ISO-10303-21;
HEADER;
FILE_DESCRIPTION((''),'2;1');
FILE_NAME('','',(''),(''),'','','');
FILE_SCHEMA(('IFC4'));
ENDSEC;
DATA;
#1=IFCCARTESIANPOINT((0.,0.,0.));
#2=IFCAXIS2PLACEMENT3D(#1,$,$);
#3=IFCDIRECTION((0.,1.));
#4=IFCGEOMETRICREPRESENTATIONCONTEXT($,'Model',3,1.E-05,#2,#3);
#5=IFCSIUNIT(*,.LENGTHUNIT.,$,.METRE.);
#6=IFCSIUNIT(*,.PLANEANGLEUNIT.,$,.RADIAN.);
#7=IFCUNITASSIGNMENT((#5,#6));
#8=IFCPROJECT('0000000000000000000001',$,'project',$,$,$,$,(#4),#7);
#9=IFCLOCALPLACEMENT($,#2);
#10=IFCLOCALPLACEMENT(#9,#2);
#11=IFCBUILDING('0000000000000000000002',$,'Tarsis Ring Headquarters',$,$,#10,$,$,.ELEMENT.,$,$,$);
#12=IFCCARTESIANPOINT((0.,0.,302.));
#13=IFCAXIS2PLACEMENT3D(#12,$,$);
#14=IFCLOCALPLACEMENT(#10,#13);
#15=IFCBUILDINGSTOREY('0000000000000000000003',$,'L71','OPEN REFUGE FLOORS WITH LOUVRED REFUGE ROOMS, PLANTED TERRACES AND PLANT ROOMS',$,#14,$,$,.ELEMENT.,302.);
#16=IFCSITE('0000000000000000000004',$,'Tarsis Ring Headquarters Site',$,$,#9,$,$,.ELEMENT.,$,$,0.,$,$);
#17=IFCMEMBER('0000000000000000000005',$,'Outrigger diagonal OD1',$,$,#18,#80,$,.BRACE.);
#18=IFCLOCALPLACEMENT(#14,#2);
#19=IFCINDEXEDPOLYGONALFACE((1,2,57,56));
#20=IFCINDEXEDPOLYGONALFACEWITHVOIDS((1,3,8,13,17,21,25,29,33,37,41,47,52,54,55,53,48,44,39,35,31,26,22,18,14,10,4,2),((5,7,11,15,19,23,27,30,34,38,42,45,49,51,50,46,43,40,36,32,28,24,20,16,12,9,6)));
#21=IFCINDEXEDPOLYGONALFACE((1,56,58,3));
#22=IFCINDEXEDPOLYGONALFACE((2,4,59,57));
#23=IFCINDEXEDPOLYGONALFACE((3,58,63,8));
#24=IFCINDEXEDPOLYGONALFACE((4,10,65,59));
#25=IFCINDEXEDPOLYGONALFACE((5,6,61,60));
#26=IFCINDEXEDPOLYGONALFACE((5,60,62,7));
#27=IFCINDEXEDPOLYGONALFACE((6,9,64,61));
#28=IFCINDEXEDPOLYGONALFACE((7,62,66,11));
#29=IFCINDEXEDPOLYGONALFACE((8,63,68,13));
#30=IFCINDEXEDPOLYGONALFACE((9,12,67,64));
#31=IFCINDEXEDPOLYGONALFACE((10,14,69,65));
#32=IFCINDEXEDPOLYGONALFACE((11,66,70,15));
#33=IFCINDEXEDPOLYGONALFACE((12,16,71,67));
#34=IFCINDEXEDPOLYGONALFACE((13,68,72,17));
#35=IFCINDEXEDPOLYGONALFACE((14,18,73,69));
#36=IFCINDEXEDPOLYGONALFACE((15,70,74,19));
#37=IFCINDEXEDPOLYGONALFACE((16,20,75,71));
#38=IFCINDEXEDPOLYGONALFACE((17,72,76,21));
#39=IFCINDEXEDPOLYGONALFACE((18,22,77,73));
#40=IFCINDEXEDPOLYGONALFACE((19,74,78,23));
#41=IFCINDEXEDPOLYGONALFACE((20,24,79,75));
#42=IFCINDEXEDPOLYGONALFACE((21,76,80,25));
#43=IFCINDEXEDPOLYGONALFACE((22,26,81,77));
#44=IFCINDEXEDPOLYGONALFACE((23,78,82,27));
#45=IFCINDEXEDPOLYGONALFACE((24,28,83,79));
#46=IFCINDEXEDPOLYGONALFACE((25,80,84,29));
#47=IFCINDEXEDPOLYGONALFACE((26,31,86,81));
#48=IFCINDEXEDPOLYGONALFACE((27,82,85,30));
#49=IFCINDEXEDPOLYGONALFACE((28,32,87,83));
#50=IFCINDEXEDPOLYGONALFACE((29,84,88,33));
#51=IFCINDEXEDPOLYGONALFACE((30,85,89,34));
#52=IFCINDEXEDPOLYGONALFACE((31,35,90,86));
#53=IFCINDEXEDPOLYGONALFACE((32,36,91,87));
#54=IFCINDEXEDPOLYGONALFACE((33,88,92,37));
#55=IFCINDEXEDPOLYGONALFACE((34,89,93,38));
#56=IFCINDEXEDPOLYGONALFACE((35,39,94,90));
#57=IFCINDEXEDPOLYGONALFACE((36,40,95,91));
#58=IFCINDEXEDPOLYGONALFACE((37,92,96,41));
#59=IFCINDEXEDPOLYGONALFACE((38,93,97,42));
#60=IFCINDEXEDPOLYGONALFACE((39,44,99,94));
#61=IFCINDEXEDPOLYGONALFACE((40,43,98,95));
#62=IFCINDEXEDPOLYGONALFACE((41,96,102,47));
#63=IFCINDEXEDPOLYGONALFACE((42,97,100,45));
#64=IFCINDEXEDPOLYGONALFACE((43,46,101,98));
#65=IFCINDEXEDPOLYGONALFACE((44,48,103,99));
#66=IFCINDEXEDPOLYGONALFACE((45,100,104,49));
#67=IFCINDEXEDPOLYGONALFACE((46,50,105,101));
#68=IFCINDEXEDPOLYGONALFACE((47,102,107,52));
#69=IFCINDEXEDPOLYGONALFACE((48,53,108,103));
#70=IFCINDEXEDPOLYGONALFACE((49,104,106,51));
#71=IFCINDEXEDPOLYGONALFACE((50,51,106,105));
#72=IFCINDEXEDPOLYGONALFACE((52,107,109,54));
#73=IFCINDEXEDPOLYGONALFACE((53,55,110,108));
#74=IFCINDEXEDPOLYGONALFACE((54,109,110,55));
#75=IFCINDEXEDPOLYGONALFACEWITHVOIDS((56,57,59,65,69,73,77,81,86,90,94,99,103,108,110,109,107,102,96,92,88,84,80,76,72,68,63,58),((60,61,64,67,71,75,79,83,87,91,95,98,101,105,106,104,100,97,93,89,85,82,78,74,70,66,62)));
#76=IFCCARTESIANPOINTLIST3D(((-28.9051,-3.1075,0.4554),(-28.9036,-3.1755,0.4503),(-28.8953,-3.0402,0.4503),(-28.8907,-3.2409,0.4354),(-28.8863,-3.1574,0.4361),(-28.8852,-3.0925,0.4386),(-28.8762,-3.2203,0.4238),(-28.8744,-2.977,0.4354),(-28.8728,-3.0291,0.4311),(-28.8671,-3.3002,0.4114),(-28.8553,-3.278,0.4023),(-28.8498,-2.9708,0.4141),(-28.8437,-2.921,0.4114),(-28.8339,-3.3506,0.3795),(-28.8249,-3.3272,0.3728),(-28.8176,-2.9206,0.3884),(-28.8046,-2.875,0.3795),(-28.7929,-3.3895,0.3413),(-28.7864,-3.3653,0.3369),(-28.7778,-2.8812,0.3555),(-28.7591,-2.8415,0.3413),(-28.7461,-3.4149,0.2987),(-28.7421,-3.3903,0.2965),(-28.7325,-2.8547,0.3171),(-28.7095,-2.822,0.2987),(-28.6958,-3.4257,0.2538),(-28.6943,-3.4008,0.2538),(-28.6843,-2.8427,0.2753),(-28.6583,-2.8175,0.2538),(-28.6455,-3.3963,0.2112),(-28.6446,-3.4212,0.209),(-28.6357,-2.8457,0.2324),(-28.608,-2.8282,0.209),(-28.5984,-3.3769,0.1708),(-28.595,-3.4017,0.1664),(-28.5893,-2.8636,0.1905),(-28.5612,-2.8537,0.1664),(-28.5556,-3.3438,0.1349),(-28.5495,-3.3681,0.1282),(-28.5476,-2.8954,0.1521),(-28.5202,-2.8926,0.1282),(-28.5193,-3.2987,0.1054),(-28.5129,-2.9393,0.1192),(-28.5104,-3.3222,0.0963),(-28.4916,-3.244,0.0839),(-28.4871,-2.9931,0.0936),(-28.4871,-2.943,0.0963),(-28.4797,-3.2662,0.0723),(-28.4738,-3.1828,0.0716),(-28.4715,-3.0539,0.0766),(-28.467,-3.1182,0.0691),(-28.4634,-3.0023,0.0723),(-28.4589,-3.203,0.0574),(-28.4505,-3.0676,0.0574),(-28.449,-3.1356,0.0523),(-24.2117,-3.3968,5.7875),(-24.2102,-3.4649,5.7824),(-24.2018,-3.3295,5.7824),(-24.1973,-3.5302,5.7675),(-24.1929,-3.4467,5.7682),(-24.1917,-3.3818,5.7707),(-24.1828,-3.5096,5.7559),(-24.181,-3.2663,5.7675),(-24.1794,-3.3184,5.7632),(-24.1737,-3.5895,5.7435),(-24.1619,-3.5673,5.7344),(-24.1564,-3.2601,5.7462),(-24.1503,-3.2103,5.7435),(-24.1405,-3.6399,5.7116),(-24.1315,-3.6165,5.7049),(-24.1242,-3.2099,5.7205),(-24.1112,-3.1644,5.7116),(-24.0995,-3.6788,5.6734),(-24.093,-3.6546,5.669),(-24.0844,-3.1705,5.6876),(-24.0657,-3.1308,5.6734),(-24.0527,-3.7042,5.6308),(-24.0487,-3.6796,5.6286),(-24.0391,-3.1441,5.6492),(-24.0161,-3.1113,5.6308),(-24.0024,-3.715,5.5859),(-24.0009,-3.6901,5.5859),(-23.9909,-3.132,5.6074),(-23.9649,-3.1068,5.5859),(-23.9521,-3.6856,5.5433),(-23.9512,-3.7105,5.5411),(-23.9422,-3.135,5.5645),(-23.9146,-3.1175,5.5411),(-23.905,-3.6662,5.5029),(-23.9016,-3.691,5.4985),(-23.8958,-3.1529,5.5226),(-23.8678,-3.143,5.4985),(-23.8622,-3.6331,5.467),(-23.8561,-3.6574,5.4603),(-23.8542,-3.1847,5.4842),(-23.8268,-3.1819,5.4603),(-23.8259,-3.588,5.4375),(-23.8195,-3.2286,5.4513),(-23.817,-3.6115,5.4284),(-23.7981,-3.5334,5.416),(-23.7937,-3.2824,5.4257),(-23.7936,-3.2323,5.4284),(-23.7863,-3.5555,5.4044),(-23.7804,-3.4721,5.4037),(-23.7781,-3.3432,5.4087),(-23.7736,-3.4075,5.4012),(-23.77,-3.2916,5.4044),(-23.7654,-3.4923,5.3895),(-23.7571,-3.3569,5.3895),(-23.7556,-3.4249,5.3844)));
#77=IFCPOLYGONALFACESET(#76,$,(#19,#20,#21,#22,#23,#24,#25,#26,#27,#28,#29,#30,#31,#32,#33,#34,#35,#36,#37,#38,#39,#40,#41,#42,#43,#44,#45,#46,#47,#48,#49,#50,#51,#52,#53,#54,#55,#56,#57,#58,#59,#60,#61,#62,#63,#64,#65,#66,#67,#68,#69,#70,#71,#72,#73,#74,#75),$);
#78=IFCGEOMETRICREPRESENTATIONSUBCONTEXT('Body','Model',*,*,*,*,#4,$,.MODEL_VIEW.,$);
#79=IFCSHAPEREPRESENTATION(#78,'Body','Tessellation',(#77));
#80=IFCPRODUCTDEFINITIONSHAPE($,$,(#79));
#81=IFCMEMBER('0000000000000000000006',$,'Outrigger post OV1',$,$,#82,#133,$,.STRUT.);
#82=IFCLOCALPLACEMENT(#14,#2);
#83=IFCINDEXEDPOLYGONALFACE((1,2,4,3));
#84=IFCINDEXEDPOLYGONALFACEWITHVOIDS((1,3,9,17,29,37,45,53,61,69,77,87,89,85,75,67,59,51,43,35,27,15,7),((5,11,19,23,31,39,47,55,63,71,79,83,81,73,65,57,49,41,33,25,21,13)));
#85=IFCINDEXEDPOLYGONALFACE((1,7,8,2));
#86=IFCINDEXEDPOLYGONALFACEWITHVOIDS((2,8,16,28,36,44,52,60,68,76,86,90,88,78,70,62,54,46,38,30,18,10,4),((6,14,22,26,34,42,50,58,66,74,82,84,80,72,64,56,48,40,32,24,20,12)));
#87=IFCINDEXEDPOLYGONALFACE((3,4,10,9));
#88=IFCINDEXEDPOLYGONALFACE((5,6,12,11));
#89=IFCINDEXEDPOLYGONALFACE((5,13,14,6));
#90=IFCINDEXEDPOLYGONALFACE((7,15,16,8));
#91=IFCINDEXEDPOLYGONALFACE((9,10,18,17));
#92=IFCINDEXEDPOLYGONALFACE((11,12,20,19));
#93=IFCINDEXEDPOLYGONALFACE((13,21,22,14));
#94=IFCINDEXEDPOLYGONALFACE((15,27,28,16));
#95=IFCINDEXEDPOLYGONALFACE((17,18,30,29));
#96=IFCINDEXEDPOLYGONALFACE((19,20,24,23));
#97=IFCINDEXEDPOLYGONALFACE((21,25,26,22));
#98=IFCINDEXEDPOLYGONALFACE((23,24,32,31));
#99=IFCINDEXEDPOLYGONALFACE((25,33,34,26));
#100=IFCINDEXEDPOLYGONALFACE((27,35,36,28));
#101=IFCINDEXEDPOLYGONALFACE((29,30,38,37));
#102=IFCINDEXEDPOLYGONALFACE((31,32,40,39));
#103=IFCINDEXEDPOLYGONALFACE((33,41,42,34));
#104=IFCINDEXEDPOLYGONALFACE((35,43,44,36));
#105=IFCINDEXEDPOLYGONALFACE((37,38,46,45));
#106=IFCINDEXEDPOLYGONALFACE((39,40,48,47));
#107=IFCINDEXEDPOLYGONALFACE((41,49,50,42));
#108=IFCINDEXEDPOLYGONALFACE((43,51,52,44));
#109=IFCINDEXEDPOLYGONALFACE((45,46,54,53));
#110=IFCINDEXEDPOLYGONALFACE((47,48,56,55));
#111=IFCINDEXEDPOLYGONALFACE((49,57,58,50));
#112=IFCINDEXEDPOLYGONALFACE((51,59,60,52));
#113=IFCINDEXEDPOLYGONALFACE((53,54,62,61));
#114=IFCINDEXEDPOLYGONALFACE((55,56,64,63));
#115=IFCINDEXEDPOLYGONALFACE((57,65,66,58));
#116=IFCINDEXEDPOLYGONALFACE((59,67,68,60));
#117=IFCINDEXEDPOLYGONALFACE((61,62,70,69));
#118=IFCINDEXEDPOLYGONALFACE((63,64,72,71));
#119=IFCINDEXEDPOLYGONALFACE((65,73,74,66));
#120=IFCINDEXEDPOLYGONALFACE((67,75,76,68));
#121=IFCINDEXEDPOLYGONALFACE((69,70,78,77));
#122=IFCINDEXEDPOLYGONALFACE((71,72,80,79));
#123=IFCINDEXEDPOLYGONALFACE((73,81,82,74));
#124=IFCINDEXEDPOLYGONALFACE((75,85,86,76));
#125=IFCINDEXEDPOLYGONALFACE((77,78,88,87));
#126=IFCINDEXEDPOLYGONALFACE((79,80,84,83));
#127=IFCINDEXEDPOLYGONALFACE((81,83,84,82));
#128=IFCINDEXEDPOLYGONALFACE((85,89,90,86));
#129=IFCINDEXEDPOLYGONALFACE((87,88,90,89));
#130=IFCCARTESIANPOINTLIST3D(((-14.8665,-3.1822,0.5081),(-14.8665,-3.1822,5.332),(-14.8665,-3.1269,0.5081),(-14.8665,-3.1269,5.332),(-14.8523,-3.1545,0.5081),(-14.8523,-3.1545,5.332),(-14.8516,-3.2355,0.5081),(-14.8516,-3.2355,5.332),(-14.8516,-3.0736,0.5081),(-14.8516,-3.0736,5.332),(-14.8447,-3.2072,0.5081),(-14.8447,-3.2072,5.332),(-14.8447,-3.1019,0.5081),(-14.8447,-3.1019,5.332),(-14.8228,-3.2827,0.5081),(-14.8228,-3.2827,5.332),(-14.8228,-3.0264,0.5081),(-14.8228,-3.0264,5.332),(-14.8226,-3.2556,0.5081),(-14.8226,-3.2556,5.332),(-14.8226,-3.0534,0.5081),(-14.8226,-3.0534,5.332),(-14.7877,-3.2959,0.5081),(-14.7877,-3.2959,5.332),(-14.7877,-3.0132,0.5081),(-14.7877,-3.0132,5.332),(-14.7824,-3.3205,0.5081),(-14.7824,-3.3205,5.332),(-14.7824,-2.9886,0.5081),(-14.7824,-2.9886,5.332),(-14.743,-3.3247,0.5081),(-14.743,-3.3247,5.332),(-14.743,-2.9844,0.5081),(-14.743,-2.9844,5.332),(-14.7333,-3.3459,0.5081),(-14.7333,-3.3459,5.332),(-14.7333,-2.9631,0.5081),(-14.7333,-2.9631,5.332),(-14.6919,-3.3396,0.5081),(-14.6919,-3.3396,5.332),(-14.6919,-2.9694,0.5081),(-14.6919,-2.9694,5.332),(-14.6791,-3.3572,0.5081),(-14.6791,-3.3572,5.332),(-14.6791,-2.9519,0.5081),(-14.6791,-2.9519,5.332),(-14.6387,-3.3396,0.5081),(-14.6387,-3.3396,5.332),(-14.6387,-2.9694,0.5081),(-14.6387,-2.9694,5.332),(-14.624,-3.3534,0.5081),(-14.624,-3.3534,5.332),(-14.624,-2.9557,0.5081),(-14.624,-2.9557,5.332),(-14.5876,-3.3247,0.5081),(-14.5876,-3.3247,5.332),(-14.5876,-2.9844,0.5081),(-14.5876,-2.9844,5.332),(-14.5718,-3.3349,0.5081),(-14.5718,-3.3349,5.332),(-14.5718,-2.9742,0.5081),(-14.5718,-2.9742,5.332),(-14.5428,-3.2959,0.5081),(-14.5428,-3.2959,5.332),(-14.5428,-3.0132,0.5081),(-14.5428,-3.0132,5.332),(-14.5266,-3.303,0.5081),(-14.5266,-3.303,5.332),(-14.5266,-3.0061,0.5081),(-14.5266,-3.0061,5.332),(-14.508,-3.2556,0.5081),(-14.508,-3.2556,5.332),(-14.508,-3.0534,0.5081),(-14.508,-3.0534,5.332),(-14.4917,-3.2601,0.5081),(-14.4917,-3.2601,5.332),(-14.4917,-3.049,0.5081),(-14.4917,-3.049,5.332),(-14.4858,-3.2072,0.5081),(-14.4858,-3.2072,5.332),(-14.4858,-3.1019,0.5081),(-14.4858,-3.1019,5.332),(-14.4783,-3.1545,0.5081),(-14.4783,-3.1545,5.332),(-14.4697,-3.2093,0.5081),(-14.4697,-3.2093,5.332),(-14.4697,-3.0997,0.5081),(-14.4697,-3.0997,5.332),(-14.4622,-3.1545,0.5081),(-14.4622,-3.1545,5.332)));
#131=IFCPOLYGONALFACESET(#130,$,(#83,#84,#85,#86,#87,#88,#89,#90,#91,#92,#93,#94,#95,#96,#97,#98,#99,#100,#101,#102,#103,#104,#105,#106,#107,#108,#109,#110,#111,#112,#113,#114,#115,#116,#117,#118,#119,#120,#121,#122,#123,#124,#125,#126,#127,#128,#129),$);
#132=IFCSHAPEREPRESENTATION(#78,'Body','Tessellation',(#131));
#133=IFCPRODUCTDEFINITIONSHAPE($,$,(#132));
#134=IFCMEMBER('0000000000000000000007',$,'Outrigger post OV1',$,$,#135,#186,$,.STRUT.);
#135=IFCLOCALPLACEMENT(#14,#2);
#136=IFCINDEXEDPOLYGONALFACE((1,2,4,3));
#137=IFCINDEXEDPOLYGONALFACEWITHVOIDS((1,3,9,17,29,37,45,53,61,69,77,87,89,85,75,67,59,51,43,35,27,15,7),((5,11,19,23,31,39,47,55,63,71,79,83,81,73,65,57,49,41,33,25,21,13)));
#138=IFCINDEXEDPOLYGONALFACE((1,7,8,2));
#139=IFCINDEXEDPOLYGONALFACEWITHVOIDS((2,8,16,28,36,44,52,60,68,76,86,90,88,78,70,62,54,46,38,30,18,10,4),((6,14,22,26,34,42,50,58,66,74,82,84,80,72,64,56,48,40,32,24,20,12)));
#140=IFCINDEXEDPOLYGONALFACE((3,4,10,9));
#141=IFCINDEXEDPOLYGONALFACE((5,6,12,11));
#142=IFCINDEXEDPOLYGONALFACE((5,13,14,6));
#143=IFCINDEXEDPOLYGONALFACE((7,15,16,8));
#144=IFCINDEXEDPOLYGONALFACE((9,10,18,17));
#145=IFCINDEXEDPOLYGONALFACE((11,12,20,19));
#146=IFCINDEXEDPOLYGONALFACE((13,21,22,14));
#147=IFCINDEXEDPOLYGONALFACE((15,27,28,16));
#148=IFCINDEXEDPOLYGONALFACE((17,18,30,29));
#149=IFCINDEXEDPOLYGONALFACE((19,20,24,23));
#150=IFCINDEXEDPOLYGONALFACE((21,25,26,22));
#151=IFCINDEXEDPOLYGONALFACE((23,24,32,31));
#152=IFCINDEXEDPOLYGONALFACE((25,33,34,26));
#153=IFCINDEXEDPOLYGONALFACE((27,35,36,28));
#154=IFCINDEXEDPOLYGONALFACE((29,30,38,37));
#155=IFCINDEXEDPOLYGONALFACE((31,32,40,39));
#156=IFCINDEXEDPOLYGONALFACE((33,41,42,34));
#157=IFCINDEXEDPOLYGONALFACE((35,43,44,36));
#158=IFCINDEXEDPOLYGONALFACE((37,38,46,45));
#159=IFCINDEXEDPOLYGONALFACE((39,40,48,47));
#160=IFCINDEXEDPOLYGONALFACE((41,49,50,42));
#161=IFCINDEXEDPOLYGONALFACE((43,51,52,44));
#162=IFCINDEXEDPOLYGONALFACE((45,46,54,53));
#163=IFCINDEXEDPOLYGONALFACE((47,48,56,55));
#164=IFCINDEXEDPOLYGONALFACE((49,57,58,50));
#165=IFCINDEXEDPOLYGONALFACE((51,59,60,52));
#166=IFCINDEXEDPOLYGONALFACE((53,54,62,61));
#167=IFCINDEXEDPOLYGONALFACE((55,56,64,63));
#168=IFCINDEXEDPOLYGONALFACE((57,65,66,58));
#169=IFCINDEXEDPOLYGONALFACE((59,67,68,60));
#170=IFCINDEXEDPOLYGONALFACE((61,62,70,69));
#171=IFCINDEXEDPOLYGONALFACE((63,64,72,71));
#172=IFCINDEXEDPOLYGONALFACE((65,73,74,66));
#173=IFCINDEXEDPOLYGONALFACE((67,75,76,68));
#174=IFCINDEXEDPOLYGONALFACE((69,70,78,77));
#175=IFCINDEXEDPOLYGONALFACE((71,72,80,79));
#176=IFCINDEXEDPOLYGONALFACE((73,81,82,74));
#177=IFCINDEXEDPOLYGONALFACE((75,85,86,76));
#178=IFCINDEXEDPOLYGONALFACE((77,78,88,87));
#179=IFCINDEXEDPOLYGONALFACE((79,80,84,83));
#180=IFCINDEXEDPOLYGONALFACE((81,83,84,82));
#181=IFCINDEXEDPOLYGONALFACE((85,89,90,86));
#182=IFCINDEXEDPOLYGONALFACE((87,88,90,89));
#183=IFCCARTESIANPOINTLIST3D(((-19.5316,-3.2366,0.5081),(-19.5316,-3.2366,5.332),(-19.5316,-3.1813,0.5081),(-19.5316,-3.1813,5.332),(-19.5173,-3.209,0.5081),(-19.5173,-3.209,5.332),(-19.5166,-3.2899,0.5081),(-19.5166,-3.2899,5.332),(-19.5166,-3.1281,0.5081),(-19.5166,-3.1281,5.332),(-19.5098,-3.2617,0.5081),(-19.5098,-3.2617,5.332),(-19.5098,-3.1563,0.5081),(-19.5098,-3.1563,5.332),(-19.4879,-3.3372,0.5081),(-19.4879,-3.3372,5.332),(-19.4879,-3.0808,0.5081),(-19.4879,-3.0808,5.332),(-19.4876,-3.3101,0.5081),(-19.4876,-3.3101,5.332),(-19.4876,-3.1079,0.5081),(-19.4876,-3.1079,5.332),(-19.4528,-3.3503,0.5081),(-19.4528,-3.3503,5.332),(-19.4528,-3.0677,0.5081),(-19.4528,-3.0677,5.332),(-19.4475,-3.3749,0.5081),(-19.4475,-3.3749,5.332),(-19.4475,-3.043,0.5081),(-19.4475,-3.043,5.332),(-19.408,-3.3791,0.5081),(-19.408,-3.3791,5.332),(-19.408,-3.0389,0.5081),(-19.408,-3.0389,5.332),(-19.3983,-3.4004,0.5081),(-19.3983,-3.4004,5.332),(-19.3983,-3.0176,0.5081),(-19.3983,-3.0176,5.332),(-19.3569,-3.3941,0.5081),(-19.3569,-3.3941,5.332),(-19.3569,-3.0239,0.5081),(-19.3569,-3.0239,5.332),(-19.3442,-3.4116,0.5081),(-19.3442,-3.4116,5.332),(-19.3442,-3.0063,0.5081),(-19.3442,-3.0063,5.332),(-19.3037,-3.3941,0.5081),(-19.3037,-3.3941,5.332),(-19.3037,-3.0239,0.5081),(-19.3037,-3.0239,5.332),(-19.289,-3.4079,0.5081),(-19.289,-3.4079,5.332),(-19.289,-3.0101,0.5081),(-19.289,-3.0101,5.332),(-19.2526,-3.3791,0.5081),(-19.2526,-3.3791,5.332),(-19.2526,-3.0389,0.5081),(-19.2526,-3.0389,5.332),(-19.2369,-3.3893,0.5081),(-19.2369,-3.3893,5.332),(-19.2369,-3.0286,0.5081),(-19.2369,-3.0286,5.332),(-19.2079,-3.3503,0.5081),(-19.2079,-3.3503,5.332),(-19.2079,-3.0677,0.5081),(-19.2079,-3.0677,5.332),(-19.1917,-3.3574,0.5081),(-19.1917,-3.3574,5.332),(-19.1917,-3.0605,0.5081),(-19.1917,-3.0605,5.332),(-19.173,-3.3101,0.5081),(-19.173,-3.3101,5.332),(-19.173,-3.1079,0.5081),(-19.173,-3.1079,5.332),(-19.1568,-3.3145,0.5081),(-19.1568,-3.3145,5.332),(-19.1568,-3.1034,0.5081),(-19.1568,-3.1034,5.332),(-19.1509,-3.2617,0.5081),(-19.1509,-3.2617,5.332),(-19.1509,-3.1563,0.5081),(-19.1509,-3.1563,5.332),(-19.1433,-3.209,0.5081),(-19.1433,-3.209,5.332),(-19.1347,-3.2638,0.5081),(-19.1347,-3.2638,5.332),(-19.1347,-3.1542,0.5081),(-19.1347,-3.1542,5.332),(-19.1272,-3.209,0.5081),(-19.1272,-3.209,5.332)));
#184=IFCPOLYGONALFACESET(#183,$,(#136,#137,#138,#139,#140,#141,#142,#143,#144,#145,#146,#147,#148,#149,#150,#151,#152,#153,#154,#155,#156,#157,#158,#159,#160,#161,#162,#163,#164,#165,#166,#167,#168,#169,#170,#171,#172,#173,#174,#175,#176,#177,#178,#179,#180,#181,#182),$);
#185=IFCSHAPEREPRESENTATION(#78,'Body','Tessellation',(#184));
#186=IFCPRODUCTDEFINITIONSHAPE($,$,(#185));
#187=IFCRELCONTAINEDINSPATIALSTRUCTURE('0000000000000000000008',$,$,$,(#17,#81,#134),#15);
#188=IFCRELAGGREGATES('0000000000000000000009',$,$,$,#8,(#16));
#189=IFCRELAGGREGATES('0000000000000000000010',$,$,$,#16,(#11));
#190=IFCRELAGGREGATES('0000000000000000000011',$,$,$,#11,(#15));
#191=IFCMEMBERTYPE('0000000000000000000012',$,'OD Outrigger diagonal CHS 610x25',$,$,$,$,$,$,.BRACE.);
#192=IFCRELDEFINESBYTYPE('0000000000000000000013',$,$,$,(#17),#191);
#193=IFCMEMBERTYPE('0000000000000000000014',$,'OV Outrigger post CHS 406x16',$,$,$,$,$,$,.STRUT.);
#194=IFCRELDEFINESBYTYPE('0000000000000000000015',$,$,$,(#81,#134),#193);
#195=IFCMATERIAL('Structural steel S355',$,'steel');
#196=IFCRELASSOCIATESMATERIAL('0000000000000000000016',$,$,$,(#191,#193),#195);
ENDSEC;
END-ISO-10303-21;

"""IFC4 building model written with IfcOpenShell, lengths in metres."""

from ifc_helpers import new_model, si_unit, direction, frame, origin, origin_2d, place, context, subcontext, project, spatial, hollow_circle, extrude, material, material_profile, profile_set, type_object, element, save


model = new_model("IFC4")

# Units and contexts
model_context = context("Model", 3, precision=1e-05, world=origin(), true_north=direction((0.0, 1.0)))
body_context = subcontext(model_context, "Body", "Model", "MODEL_VIEW")
ifc_project = project(units=[si_unit("LENGTHUNIT", "METRE"), si_unit("PLANEANGLEUNIT", "RADIAN")], contexts=[model_context])

# Site, building, storey
site_placement = place(None, origin())
site = spatial("IfcSite", under=ifc_project, at=site_placement, Name="Tarsis Ring Headquarters Site", CompositionType="ELEMENT", RefElevation=0.0)
building_placement = place(site_placement, origin())
building = spatial("IfcBuilding", under=site, at=building_placement, Name="Tarsis Ring Headquarters", CompositionType="ELEMENT")
storey_placement = place(building_placement, frame((0.0, 0.0, 302.0)))
storey = spatial("IfcBuildingStorey", under=building, at=storey_placement, Name="L71", Description="OPEN REFUGE FLOORS WITH LOUVRED REFUGE ROOMS, PLANTED TERRACES AND PLANT ROOMS", CompositionType="ELEMENT", Elevation=302.0)

# Shared definitions
ifc_material_1 = material(Name="Structural steel S355", Category="steel")

# Members
ifc_material_profile_1 = material_profile(ifc_material_1, hollow_circle(Radius=0.3047, WallThickness=0.0249, at=origin_2d()), Name="CHS 610x25")
ifc_profile_set_1 = profile_set([ifc_material_profile_1], Name="Structural steel S355")
member_type_1 = type_object("IfcMemberType", Name="OD Outrigger diagonal CHS 610x25", PredefinedType="BRACE", material=ifc_profile_set_1)
member_1_placement = place(storey_placement, frame((-23.9836, -3.4109, 5.5859), z_axis=(-0.660174, 0.040694, -0.75001), x_axis=(-0.061525, -0.998106, 0.0)))
element("IfcMember", 1, at=member_1_placement, inside=storey, type_object=member_type_1, Name="Outrigger diagonal OD1", PredefinedType="BRACE", context=body_context, shape_type="SweptSolid", body=[
    extrude(hollow_circle(Radius=0.3047, WallThickness=0.0249, at=origin_2d()), origin(), (0.0, 0.0, 1.0), 7.1094),
])
ifc_material_profile_2 = material_profile(ifc_material_1, hollow_circle(Radius=0.2031, WallThickness=0.0161, at=origin_2d()), Name="CHS 406x16")
ifc_profile_set_2 = profile_set([ifc_material_profile_2], Name="Structural steel S355")
member_type_2 = type_object("IfcMemberType", Name="OV Outrigger post CHS 406x16", PredefinedType="STRUT", material=ifc_profile_set_2)
for number, where, z_axis, x_axis, name in (
    (2, (-14.6653, -3.1545, 0.5081), (0.0, 0.0, 1.0), (1.0, 0.0, 0.0), "Outrigger post OV1"),
    (3, (-19.3303, -3.209, 0.5081), (0.0, 0.0, 1.0), (1.0, 0.0, 0.0), "Outrigger post OV1"),
):
    element("IfcMember", number, at=place(storey_placement, frame(where, z_axis=z_axis, x_axis=x_axis)), inside=storey, type_object=member_type_2, Name=name, PredefinedType="STRUT", context=body_context, shape_type="SweptSolid", body=[
        extrude(hollow_circle(Radius=0.2031, WallThickness=0.0161, at=origin_2d()), origin(), (0.0, 0.0, 1.0), 4.824),
    ])

save(model, "model.ifc")
